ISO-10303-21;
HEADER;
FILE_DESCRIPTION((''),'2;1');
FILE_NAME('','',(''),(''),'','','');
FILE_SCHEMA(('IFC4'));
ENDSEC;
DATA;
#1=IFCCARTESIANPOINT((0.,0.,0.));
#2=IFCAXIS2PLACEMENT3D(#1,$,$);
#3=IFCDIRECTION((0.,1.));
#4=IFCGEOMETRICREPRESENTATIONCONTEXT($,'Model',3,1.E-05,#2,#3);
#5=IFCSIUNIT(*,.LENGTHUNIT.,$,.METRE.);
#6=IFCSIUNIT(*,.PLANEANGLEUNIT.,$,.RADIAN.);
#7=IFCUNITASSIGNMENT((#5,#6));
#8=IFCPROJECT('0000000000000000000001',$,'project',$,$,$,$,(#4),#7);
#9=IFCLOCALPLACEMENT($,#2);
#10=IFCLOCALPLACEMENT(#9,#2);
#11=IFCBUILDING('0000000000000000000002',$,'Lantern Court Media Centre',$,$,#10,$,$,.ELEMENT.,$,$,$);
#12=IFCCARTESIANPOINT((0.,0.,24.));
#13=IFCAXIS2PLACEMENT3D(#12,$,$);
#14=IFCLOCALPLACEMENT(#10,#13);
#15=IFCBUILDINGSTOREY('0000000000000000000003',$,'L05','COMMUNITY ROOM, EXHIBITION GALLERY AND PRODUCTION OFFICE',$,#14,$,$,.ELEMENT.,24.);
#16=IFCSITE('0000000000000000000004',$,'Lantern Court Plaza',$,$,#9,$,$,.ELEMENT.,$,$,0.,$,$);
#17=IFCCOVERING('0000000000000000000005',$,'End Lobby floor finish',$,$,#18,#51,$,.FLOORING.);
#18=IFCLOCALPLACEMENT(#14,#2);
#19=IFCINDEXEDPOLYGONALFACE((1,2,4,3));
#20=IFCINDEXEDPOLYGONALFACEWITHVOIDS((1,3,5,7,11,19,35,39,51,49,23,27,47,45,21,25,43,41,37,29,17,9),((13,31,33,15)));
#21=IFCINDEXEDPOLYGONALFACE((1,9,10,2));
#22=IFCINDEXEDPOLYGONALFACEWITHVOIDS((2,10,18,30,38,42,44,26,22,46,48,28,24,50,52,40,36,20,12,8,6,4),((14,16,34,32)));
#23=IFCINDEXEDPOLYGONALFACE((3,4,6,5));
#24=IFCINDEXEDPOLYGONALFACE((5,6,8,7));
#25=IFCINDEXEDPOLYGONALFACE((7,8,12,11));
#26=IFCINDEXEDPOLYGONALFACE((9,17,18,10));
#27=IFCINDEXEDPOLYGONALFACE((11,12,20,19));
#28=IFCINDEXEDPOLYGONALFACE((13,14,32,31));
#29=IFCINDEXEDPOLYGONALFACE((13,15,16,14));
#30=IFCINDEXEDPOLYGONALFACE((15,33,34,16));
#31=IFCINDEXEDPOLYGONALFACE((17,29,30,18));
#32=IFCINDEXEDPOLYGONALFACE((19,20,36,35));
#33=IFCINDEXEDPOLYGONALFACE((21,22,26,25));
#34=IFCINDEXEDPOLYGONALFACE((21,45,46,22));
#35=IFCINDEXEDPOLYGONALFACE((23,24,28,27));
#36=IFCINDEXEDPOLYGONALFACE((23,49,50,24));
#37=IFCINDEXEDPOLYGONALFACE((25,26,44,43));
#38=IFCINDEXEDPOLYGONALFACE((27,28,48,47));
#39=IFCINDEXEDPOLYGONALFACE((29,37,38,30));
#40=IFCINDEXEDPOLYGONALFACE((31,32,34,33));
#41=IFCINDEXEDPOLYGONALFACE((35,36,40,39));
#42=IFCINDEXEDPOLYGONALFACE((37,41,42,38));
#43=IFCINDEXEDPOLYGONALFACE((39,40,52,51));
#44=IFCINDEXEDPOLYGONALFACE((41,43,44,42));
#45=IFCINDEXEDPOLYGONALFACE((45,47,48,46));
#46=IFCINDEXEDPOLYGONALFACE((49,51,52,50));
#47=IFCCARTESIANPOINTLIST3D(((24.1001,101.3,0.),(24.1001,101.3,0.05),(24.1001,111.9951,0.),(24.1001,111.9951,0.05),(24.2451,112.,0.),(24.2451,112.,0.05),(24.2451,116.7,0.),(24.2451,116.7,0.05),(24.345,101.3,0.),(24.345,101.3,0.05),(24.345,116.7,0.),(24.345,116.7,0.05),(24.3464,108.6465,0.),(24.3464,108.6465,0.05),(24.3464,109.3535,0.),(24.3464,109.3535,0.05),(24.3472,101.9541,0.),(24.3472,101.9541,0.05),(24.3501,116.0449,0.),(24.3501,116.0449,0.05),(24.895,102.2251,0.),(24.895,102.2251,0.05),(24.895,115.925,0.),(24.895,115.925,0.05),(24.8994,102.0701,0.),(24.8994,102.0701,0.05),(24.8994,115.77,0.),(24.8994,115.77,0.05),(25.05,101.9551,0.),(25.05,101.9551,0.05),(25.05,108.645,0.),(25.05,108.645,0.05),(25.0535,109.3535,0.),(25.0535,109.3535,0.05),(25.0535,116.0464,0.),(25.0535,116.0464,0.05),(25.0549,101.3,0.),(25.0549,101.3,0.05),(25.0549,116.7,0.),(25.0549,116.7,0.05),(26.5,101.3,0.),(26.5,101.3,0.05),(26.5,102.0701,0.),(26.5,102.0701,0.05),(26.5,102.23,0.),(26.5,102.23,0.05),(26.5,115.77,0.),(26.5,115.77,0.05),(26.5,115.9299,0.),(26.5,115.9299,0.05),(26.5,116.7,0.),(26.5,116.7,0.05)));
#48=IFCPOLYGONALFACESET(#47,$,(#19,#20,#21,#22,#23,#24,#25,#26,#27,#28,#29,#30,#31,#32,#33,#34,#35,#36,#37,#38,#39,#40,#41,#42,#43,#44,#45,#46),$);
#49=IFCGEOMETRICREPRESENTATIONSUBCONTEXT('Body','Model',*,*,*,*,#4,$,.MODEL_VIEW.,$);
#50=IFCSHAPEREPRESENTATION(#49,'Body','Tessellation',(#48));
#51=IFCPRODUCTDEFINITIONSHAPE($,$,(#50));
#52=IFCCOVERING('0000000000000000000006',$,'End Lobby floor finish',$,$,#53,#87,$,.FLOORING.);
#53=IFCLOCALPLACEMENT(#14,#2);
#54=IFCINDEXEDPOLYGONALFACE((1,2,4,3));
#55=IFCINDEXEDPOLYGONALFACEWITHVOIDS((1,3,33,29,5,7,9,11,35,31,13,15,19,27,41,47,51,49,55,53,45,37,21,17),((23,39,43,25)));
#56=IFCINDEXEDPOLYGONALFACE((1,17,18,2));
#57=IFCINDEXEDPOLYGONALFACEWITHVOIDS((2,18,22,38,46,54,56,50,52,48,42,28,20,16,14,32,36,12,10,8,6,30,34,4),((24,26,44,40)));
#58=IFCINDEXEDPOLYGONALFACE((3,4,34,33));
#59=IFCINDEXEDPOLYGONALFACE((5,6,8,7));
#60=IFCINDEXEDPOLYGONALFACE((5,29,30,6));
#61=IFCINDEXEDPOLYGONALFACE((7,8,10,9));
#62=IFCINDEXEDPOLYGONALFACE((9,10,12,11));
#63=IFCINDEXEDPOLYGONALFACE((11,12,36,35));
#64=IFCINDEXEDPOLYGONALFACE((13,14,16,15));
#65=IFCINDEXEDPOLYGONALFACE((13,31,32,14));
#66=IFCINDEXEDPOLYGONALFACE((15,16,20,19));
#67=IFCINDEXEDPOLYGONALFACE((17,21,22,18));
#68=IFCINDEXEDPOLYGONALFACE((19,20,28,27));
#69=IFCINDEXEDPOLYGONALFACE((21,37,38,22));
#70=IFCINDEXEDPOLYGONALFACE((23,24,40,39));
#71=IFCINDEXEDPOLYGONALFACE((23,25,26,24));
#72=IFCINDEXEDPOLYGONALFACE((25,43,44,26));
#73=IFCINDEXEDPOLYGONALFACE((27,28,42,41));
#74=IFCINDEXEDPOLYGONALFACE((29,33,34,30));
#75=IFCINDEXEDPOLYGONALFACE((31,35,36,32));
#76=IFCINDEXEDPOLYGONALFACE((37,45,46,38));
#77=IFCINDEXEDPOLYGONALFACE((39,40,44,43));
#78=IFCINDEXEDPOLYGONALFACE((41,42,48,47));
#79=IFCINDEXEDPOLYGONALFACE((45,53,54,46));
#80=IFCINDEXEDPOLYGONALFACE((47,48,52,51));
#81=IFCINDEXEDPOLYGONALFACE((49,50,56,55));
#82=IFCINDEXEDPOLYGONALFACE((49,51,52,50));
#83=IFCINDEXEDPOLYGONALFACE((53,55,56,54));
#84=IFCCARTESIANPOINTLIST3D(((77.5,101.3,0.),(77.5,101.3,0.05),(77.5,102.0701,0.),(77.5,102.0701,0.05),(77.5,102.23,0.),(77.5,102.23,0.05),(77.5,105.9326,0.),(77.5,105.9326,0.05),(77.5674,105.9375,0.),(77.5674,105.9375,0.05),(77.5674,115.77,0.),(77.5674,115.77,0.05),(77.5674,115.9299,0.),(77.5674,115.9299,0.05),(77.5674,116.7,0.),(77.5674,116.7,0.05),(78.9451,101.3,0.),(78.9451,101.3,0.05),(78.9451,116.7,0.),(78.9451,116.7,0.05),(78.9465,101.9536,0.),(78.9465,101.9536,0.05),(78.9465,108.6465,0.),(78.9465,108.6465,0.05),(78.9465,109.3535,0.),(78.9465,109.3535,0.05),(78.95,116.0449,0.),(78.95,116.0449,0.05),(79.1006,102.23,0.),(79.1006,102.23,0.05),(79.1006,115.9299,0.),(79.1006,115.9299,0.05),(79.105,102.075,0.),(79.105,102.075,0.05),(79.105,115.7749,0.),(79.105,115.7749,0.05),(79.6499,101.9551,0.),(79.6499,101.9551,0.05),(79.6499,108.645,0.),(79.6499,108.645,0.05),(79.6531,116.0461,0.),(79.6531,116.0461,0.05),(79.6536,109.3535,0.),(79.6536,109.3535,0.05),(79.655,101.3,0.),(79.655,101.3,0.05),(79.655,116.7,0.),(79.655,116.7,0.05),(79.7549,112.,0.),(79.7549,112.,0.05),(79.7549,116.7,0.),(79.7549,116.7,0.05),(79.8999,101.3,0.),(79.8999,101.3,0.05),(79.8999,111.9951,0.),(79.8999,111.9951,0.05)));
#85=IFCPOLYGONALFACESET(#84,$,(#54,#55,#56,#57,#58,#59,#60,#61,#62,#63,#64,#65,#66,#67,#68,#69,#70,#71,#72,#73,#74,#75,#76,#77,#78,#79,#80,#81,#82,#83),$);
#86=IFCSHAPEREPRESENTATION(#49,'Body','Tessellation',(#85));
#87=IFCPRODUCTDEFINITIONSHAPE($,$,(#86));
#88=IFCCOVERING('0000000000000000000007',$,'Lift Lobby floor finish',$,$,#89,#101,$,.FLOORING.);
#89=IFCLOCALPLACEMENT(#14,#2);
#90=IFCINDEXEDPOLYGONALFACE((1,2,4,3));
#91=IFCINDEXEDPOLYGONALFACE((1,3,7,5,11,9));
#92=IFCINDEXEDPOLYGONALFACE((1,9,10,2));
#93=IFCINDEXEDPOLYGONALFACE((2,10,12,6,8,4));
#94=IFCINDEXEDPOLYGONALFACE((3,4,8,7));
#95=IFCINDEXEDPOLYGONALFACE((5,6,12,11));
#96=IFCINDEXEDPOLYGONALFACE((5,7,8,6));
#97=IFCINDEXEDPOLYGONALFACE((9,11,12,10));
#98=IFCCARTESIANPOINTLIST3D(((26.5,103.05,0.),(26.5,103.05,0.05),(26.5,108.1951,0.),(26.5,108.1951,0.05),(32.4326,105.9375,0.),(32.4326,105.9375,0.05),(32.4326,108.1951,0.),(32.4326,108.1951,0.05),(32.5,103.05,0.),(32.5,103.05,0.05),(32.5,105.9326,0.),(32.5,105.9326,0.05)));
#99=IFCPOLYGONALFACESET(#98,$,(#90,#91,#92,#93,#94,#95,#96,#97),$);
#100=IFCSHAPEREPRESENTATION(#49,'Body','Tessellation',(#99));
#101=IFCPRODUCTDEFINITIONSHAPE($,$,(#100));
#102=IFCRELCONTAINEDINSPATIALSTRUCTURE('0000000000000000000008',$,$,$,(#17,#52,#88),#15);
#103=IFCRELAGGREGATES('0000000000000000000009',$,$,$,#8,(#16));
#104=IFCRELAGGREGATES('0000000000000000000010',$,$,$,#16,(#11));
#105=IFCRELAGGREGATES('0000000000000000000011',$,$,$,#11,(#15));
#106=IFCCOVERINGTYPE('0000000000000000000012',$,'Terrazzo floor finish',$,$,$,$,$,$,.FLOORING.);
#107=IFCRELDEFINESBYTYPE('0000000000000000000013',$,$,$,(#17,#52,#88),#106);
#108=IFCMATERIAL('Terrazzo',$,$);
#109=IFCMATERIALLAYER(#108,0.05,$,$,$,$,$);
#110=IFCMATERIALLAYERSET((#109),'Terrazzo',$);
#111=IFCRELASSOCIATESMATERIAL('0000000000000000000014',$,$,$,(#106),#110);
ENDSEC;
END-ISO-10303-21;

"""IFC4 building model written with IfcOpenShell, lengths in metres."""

from ifc_helpers import new_model, si_unit, direction, frame, origin, place, context, subcontext, project, spatial, polyline, outline, extrude, material, layer, layer_set, type_object, element, save


model = new_model("IFC4")

# Units and contexts
model_context = context("Model", 3, precision=1e-05, world=origin(), true_north=direction((0.0, 1.0)))
body_context = subcontext(model_context, "Body", "Model", "MODEL_VIEW")
ifc_project = project(units=[si_unit("LENGTHUNIT", "METRE"), si_unit("PLANEANGLEUNIT", "RADIAN")], contexts=[model_context])

# Site, building, storey
site_placement = place(None, origin())
site = spatial("IfcSite", under=ifc_project, at=site_placement, Name="Lantern Court Plaza", CompositionType="ELEMENT", RefElevation=0.0)
building_placement = place(site_placement, origin())
building = spatial("IfcBuilding", under=site, at=building_placement, Name="Lantern Court Media Centre", CompositionType="ELEMENT")
storey_placement = place(building_placement, frame((0.0, 0.0, 24.0)))
storey = spatial("IfcBuildingStorey", under=building, at=storey_placement, Name="L05", Description="COMMUNITY ROOM, EXHIBITION GALLERY AND PRODUCTION OFFICE", CompositionType="ELEMENT", Elevation=24.0)

# Coverings
ifc_material_1 = material(Name="Terrazzo")
ifc_layer_1 = layer(ifc_material_1, 0.05)
ifc_layer_set_1 = layer_set([ifc_layer_1], Name="Terrazzo")
covering_type_1 = type_object("IfcCoveringType", Name="Terrazzo floor finish", PredefinedType="FLOORING", material=ifc_layer_set_1)
covering_1_placement = place(storey_placement, origin())
element("IfcCovering", 1, at=covering_1_placement, inside=storey, type_object=covering_type_1, Name="End Lobby floor finish", PredefinedType="FLOORING", context=body_context, shape_type="SweptSolid", body=[
    extrude(outline(polyline([(26.5, 101.3), (25.0549, 101.3), (25.05, 101.9551), (24.3472, 101.9541), (24.345, 101.3), (24.1001, 101.3), (24.1001, 111.9951), (24.2451, 112.0), (24.2451, 116.7), (24.345, 116.7), (24.3501, 116.0449), (25.0535, 116.0464), (25.0549, 116.7), (26.5, 116.7), (26.5, 115.9299), (24.895, 115.925), (24.8994, 115.77), (26.5, 115.77), (26.5, 102.23), (24.895, 102.2251), (24.8994, 102.0701), (26.5, 102.0701), (26.5, 101.3)]), holes=[polyline([(25.05, 108.645), (25.0535, 109.3535), (24.3464, 109.3535), (24.3464, 108.6465), (25.05, 108.645)])]), origin(), (0.0, 0.0, 1.0), 0.05),
])
covering_2_placement = place(storey_placement, origin())
element("IfcCovering", 2, at=covering_2_placement, inside=storey, type_object=covering_type_1, Name="End Lobby floor finish", PredefinedType="FLOORING", context=body_context, shape_type="SweptSolid", body=[
    extrude(outline(polyline([(79.8999, 101.3), (79.655, 101.3), (79.6499, 101.9551), (78.9465, 101.9536), (78.9451, 101.3), (77.5, 101.3), (77.5, 102.0701), (79.105, 102.075), (79.1006, 102.23), (77.5, 102.23), (77.5, 105.9326), (77.5674, 105.9375), (77.5674, 115.77), (79.105, 115.7749), (79.1006, 115.9299), (77.5674, 115.9299), (77.5674, 116.7), (78.9451, 116.7), (78.95, 116.0449), (79.6531, 116.0461), (79.655, 116.7), (79.7549, 116.7), (79.7549, 112.0), (79.8999, 111.9951), (79.8999, 101.3)]), holes=[polyline([(79.6499, 108.645), (79.6536, 109.3535), (78.9465, 109.3535), (78.9465, 108.6465), (79.6499, 108.645)])]), origin(), (0.0, 0.0, 1.0), 0.05),
])
covering_3_placement = place(storey_placement, origin())
element("IfcCovering", 3, at=covering_3_placement, inside=storey, type_object=covering_type_1, Name="Lift Lobby floor finish", PredefinedType="FLOORING", context=body_context, shape_type="SweptSolid", body=[
    extrude(outline(polyline([(32.5, 103.05), (26.5, 103.05), (26.5, 108.1951), (32.4326, 108.1951), (32.4326, 105.9375), (32.5, 105.9326), (32.5, 103.05)])), origin(), (0.0, 0.0, 1.0), 0.05),
])

save(model, "model.ifc")
